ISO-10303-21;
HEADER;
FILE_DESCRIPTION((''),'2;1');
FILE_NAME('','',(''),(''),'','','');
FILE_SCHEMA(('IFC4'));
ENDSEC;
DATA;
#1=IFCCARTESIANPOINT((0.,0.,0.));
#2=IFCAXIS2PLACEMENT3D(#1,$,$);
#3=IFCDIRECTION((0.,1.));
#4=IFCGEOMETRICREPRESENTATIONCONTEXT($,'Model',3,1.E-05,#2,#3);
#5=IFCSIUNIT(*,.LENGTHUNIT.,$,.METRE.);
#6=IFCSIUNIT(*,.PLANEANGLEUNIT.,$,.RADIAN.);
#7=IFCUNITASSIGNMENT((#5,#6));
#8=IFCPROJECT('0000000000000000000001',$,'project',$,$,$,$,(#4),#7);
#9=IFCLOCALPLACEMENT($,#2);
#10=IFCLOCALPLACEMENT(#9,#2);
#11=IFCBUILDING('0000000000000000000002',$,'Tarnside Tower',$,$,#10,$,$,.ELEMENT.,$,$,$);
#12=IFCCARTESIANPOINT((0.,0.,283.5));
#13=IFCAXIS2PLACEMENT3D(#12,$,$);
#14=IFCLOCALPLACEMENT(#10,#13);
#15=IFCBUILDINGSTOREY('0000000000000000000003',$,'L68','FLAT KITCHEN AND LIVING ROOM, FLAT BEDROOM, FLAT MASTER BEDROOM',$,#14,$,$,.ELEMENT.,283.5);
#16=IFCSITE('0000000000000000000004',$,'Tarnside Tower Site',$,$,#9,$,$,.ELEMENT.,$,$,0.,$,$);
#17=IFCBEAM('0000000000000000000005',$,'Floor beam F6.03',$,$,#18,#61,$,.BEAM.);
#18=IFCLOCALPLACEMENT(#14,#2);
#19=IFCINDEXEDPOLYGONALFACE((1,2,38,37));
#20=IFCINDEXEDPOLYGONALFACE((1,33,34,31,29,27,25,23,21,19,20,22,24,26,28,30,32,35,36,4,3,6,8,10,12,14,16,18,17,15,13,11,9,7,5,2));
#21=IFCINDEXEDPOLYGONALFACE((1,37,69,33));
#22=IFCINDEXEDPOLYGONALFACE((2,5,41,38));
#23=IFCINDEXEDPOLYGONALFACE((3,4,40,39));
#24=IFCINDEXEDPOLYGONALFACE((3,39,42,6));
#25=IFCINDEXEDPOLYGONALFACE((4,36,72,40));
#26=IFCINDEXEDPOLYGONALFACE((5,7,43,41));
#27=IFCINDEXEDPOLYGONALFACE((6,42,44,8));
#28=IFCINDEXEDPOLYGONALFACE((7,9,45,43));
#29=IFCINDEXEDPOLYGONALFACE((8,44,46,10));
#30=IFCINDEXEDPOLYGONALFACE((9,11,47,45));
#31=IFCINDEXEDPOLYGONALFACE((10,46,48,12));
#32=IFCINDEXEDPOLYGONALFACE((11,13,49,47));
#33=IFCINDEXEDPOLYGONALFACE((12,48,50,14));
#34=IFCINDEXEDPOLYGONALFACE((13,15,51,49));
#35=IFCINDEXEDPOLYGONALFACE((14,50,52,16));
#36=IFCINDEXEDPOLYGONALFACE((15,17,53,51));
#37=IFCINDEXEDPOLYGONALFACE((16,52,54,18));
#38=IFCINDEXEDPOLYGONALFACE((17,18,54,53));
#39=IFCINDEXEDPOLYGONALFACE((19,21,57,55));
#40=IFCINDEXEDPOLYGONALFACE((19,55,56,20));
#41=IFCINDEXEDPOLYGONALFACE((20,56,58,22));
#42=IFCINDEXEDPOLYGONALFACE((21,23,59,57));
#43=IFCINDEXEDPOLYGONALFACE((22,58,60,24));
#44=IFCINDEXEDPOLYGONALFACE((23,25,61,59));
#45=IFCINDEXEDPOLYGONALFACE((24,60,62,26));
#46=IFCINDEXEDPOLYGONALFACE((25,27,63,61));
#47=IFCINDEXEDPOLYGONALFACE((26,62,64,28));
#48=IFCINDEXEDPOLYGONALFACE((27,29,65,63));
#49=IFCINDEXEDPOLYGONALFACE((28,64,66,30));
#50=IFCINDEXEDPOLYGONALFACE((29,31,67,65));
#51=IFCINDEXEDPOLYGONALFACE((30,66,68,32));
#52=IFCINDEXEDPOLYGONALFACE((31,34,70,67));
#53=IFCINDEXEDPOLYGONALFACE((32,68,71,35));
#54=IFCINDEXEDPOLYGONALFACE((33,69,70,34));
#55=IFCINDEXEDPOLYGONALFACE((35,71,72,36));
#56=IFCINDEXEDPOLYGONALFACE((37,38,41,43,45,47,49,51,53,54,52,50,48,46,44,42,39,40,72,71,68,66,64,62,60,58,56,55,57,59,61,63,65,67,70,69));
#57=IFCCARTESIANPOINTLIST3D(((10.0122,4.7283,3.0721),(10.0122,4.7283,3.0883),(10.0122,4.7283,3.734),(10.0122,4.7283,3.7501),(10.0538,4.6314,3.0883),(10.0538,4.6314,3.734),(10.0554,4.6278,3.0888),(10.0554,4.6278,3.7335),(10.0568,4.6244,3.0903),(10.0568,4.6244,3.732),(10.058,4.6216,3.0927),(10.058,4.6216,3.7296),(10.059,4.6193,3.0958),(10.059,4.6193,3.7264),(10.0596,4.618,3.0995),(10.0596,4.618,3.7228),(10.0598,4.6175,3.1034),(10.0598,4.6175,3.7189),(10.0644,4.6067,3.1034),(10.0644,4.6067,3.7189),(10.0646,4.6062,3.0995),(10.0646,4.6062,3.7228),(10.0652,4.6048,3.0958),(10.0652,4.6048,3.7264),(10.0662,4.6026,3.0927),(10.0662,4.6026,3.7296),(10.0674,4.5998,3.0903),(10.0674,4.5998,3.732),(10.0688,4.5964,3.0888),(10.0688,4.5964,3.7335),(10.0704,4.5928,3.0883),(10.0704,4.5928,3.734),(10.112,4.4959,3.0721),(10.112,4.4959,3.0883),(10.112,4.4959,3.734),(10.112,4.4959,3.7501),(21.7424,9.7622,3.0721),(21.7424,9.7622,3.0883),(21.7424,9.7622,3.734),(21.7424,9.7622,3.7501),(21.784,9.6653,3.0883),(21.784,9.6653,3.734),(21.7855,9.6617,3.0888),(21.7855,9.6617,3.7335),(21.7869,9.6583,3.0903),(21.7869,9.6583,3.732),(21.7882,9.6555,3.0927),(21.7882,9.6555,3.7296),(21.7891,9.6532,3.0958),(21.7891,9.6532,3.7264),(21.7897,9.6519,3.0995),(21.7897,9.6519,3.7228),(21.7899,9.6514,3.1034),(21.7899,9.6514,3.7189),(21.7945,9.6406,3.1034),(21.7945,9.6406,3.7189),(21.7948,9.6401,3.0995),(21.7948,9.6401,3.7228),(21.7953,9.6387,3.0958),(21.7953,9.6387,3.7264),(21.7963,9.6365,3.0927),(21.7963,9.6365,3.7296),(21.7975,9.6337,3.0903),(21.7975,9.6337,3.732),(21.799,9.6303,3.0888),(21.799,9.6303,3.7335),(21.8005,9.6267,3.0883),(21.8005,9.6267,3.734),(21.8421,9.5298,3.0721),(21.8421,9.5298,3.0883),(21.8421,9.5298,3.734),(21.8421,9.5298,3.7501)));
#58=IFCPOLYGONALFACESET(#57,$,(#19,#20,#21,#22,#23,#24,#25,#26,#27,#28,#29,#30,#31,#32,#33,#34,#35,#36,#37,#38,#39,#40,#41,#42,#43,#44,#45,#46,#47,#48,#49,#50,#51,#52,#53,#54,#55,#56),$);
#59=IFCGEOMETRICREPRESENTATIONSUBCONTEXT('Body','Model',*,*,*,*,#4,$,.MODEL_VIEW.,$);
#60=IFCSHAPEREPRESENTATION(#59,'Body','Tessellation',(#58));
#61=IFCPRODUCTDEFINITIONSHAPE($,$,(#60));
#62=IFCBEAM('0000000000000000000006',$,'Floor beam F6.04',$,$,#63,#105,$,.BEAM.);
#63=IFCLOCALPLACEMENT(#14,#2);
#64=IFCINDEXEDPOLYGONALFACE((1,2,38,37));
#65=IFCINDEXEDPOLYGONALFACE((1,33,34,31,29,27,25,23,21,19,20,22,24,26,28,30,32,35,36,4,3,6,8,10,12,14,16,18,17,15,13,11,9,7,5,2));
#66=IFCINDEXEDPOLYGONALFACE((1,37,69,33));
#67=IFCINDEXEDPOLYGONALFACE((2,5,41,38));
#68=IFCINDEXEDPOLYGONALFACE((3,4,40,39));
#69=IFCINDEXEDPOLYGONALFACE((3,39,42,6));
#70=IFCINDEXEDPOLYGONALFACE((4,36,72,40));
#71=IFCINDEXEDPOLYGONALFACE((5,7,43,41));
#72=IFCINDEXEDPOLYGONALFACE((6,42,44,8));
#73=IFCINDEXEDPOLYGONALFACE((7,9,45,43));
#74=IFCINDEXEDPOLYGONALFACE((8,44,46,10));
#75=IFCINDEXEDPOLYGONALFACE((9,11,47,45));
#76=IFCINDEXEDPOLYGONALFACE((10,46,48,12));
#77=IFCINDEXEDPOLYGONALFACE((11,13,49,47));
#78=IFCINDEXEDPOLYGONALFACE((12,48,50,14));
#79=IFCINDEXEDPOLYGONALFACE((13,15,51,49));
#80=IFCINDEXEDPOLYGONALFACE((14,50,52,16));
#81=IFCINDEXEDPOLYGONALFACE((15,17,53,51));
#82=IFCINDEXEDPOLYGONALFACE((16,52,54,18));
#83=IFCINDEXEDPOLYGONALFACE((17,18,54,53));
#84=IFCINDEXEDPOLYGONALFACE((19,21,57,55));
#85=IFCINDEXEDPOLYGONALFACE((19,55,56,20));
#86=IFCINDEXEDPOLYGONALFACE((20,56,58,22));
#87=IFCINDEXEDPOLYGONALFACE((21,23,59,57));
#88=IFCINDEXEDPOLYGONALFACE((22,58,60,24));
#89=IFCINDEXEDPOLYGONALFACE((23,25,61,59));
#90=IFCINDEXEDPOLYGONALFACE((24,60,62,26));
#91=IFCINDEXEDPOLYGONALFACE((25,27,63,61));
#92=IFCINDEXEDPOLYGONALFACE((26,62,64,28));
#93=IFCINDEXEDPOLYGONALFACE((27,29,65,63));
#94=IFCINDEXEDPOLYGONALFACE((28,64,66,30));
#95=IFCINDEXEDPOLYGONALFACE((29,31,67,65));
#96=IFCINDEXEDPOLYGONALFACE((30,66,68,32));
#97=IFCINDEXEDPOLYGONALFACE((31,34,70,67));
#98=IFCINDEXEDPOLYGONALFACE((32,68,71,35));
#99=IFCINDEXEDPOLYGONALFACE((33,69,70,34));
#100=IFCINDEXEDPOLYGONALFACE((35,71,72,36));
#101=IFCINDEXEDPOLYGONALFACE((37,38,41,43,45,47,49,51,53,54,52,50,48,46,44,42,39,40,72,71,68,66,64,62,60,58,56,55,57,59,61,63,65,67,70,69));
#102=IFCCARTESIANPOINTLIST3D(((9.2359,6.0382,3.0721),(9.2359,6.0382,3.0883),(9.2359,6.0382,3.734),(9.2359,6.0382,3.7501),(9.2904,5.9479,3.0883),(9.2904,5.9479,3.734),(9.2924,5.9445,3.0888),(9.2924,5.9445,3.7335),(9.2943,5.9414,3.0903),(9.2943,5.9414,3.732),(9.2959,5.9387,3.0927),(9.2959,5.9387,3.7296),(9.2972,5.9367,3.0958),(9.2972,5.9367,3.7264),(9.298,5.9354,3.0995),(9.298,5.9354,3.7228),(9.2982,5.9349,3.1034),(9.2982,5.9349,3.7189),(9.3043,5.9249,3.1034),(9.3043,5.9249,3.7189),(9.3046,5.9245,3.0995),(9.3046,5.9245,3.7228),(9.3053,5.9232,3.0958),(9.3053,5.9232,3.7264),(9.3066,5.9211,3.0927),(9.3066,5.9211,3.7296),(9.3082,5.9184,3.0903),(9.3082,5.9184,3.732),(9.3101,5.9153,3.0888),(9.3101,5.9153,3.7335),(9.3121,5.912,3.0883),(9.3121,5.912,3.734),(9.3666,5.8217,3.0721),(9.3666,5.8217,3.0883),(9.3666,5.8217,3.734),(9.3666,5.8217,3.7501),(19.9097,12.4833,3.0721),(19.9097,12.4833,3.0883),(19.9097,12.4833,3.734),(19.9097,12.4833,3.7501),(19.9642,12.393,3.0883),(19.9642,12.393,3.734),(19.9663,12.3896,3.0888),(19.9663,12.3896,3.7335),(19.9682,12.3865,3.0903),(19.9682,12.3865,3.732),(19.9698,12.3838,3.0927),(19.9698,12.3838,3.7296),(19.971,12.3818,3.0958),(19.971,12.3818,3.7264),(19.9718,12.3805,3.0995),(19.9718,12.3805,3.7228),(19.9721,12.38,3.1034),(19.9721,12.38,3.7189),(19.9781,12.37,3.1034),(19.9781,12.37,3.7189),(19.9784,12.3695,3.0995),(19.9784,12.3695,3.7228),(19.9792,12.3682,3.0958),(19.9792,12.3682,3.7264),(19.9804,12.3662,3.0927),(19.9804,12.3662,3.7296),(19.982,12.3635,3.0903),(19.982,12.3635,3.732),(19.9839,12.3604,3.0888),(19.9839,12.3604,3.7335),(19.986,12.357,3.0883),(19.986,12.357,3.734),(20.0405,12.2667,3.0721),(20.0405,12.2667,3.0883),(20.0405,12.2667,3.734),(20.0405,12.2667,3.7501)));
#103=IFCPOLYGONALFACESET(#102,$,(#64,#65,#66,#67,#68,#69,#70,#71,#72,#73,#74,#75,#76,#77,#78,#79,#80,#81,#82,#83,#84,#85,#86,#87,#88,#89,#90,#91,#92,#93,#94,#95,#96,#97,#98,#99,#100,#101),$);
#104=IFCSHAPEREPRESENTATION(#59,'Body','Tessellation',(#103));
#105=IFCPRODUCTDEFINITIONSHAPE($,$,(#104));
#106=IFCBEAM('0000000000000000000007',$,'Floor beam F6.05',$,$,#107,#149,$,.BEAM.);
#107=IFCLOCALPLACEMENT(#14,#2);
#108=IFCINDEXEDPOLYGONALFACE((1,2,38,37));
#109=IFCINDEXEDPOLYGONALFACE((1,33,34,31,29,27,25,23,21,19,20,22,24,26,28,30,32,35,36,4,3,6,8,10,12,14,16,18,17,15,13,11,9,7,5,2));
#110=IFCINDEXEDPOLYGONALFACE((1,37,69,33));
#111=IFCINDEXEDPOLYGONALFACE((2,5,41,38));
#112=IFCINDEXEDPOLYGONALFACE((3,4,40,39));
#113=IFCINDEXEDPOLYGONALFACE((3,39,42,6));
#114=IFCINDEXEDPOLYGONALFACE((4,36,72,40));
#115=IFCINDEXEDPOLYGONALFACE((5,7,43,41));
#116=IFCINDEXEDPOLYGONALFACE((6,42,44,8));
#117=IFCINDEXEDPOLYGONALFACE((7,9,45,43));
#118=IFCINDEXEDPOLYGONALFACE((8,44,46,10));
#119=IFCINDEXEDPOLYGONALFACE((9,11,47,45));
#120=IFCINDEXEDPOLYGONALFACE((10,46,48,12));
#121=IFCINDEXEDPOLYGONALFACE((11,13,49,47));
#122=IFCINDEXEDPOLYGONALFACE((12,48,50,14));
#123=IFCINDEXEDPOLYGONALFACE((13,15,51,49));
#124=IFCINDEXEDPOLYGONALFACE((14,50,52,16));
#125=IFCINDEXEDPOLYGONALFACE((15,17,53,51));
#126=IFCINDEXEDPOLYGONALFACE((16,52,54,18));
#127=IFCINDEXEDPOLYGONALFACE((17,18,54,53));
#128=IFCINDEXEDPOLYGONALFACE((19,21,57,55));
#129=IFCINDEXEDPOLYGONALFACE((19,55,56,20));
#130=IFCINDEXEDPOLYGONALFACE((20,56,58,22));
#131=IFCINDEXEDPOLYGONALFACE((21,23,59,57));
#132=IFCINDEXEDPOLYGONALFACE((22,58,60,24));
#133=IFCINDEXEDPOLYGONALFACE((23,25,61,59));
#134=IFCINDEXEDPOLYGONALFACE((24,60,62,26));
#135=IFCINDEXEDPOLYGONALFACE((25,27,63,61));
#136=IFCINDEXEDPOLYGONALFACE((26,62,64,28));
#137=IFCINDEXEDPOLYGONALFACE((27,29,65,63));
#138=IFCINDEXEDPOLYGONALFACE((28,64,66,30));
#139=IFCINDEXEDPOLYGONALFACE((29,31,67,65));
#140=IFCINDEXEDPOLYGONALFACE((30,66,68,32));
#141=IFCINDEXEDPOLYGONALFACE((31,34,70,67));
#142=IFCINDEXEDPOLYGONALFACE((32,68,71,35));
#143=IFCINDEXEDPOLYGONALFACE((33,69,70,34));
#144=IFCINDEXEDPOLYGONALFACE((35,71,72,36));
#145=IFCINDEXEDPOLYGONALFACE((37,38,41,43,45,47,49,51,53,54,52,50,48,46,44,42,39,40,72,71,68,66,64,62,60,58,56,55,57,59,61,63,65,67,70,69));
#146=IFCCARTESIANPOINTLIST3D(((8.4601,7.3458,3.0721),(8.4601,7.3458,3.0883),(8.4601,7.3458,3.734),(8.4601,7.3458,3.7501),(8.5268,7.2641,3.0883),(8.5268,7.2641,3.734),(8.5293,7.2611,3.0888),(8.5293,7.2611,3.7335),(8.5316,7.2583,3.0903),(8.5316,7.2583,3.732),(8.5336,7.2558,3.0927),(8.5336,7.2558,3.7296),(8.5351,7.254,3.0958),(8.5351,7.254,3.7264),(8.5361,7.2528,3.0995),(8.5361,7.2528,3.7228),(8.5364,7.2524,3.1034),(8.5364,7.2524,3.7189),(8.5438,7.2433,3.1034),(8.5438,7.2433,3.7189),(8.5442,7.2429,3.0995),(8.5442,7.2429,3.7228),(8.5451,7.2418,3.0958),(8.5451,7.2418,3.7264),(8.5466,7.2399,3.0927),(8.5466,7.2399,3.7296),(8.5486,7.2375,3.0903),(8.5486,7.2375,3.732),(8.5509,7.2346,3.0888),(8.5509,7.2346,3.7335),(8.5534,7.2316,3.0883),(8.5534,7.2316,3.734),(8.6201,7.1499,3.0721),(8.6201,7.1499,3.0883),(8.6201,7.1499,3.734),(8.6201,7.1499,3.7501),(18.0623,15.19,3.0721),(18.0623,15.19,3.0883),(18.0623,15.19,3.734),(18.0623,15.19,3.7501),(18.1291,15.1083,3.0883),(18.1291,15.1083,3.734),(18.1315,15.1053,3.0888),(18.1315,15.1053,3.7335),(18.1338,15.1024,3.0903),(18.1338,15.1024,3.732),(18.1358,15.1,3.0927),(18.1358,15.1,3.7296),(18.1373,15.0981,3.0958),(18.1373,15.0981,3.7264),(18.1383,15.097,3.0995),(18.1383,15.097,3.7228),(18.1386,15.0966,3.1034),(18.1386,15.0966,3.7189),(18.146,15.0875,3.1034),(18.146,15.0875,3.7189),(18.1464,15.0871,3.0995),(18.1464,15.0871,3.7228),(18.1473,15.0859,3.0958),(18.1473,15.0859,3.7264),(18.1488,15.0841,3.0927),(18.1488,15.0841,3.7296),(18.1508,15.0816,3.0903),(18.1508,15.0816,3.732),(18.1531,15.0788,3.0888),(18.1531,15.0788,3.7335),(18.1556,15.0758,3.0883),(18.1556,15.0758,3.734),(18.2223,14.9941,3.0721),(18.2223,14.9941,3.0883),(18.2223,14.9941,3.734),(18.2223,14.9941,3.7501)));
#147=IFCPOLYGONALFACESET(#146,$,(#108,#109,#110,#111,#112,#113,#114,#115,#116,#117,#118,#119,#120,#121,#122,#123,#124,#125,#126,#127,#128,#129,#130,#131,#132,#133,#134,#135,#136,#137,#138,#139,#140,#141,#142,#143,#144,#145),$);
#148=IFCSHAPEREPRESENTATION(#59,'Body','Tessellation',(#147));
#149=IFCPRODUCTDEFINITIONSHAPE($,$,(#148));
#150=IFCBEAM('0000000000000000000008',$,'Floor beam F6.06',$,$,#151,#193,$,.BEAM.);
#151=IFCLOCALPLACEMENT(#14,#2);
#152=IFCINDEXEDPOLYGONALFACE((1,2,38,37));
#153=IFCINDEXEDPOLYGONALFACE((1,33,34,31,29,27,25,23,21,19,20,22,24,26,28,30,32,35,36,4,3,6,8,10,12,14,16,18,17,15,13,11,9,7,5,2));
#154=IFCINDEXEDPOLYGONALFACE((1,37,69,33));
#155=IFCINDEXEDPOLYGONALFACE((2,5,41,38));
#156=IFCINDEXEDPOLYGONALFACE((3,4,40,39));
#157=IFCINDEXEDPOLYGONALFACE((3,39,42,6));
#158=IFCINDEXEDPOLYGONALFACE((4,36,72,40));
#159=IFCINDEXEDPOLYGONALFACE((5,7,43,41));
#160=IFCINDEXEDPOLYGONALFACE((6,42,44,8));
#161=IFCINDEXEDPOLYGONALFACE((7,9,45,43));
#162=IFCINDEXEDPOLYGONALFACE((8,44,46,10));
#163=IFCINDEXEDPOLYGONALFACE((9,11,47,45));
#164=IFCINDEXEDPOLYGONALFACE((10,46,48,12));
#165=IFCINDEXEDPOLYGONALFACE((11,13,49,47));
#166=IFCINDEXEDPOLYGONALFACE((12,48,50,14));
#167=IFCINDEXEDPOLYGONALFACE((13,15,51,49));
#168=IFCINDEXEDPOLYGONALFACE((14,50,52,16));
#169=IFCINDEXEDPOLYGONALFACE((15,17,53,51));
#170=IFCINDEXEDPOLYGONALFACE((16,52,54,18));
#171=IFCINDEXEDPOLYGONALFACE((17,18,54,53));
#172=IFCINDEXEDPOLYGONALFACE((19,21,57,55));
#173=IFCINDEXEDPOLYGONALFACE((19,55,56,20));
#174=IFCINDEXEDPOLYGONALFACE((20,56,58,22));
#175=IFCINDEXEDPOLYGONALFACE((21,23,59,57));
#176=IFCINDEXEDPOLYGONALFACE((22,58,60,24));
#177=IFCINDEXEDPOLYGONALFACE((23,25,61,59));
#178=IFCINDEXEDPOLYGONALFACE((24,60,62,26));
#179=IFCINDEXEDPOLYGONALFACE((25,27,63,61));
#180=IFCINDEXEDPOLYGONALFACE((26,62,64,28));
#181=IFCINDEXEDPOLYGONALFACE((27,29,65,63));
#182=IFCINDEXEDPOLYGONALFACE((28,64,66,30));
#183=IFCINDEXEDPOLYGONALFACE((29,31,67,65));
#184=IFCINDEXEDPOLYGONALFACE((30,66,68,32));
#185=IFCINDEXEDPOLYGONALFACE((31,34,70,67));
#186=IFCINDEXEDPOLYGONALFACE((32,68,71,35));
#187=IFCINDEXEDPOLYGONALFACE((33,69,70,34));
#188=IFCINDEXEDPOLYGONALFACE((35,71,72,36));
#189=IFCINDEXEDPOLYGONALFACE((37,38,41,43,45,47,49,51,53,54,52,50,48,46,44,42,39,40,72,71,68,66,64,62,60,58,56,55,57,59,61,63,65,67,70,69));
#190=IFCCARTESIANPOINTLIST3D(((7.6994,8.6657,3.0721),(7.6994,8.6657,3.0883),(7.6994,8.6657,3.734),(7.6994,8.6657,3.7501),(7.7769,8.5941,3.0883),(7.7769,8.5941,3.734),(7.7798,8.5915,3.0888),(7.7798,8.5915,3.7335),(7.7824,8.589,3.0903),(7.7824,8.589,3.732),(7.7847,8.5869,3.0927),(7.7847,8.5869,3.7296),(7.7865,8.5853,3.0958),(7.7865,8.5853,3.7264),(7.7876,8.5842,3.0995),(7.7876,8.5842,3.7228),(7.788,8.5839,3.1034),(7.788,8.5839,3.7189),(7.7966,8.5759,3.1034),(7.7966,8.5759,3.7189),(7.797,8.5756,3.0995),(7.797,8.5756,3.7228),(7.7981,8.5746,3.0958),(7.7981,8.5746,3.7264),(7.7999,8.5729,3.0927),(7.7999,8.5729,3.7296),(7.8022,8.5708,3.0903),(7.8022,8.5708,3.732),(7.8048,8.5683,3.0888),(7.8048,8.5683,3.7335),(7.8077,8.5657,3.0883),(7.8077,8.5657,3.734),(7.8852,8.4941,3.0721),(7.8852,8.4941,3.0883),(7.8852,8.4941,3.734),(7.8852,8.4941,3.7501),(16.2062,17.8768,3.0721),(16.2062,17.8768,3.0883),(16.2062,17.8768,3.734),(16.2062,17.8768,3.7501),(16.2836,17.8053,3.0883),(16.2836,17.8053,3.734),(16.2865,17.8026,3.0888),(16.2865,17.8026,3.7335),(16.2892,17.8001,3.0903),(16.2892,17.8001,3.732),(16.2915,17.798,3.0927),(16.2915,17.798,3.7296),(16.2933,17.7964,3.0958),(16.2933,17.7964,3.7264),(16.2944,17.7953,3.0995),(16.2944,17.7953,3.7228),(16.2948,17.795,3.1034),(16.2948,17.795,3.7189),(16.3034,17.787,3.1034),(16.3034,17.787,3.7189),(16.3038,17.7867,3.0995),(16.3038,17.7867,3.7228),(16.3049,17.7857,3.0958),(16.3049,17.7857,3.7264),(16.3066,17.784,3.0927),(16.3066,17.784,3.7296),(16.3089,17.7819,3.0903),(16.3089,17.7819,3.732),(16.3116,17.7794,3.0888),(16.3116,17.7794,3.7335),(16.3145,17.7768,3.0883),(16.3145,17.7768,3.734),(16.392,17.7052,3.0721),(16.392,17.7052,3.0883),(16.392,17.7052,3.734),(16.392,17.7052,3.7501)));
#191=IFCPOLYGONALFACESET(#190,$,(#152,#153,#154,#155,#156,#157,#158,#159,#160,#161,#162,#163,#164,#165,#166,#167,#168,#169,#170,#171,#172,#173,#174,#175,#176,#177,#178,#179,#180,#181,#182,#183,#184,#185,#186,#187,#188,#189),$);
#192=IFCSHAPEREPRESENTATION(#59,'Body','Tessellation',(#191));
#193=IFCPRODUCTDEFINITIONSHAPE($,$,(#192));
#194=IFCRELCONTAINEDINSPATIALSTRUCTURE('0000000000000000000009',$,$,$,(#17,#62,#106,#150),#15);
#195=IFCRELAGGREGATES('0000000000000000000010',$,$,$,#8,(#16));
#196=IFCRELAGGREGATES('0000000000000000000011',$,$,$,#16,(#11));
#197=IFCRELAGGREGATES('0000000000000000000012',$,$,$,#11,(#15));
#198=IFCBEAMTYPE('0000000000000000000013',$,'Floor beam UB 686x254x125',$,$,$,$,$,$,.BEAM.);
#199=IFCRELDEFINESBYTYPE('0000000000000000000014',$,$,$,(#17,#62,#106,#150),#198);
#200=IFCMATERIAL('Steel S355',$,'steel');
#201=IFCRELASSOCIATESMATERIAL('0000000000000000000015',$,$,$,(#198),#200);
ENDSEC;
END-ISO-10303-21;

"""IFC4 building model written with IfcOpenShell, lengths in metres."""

from ifc_helpers import new_model, si_unit, direction, frame, origin, origin_2d, place, context, subcontext, project, spatial, i_section, extrude, material, material_profile, profile_set, type_object, element, save


model = new_model("IFC4")

# Units and contexts
model_context = context("Model", 3, precision=1e-05, world=origin(), true_north=direction((0.0, 1.0)))
body_context = subcontext(model_context, "Body", "Model", "MODEL_VIEW")
ifc_project = project(units=[si_unit("LENGTHUNIT", "METRE"), si_unit("PLANEANGLEUNIT", "RADIAN")], contexts=[model_context])

# Site, building, storey
site_placement = place(None, origin())
site = spatial("IfcSite", under=ifc_project, at=site_placement, Name="Tarnside Tower Site", CompositionType="ELEMENT", RefElevation=0.0)
building_placement = place(site_placement, origin())
building = spatial("IfcBuilding", under=site, at=building_placement, Name="Tarnside Tower", CompositionType="ELEMENT")
storey_placement = place(building_placement, frame((0.0, 0.0, 283.5)))
storey = spatial("IfcBuildingStorey", under=building, at=storey_placement, Name="L68", Description="FLAT KITCHEN AND LIVING ROOM, FLAT BEDROOM, FLAT MASTER BEDROOM", CompositionType="ELEMENT", Elevation=283.5)

# Beams
ifc_material_1 = material(Name="Steel S355", Category="steel")
ifc_material_profile_1 = material_profile(ifc_material_1, i_section(OverallWidth=0.2529, OverallDepth=0.678, WebThickness=0.0117, FlangeThickness=0.0161, FilletRadius=0.0151, at=origin_2d()), Name="UB 686x254x125")
ifc_profile_set_1 = profile_set([ifc_material_profile_1], Name="Steel S355")
beam_type_1 = type_object("IfcBeamType", Name="Floor beam UB 686x254x125", PredefinedType="BEAM", material=ifc_profile_set_1)
beam_1_placement = place(storey_placement, frame((21.7922, 9.646, 3.4111), z_axis=(-0.918955, -0.394362, 0.0), x_axis=(0.394362, -0.918955, 0.0)))
element("IfcBeam", 1, at=beam_1_placement, inside=storey, type_object=beam_type_1, Name="Floor beam F6.03", PredefinedType="BEAM", context=body_context, shape_type="SweptSolid", body=[
    extrude(i_section(OverallWidth=0.2529, OverallDepth=0.678, WebThickness=0.0117, FlangeThickness=0.0161, FilletRadius=0.0151, at=origin_2d()), origin(), (0.0, 0.0, 1.0), 12.7646),
])
beam_2_placement = place(storey_placement, frame((19.9751, 12.375, 3.4111), z_axis=(-0.856047, -0.516898, 0.0), x_axis=(0.516898, -0.856047, 0.0)))
element("IfcBeam", 2, at=beam_2_placement, inside=storey, type_object=beam_type_1, Name="Floor beam F6.04", PredefinedType="BEAM", context=body_context, shape_type="SweptSolid", body=[
    extrude(i_section(OverallWidth=0.2529, OverallDepth=0.678, WebThickness=0.0117, FlangeThickness=0.0161, FilletRadius=0.0151, at=origin_2d()), origin(), (0.0, 0.0, 1.0), 12.4688),
])
beam_3_placement = place(storey_placement, frame((18.1423, 15.092, 3.4111), z_axis=(-0.774439, -0.632649, 0.0), x_axis=(0.632649, -0.774439, 0.0)))
element("IfcBeam", 3, at=beam_3_placement, inside=storey, type_object=beam_type_1, Name="Floor beam F6.05", PredefinedType="BEAM", context=body_context, shape_type="SweptSolid", body=[
    extrude(i_section(OverallWidth=0.2529, OverallDepth=0.678, WebThickness=0.0117, FlangeThickness=0.0161, FilletRadius=0.0151, at=origin_2d()), origin(), (0.0, 0.0, 1.0), 12.3989),
])
beam_4_placement = place(storey_placement, frame((16.2991, 17.791, 3.4111), z_axis=(-0.678461, -0.734636, 0.0), x_axis=(0.734636, -0.678461, 0.0)))
element("IfcBeam", 4, at=beam_4_placement, inside=storey, type_object=beam_type_1, Name="Floor beam F6.06", PredefinedType="BEAM", context=body_context, shape_type="SweptSolid", body=[
    extrude(i_section(OverallWidth=0.2529, OverallDepth=0.678, WebThickness=0.0117, FlangeThickness=0.0161, FilletRadius=0.0151, at=origin_2d()), origin(), (0.0, 0.0, 1.0), 12.5383),
])

save(model, "model.ifc")
